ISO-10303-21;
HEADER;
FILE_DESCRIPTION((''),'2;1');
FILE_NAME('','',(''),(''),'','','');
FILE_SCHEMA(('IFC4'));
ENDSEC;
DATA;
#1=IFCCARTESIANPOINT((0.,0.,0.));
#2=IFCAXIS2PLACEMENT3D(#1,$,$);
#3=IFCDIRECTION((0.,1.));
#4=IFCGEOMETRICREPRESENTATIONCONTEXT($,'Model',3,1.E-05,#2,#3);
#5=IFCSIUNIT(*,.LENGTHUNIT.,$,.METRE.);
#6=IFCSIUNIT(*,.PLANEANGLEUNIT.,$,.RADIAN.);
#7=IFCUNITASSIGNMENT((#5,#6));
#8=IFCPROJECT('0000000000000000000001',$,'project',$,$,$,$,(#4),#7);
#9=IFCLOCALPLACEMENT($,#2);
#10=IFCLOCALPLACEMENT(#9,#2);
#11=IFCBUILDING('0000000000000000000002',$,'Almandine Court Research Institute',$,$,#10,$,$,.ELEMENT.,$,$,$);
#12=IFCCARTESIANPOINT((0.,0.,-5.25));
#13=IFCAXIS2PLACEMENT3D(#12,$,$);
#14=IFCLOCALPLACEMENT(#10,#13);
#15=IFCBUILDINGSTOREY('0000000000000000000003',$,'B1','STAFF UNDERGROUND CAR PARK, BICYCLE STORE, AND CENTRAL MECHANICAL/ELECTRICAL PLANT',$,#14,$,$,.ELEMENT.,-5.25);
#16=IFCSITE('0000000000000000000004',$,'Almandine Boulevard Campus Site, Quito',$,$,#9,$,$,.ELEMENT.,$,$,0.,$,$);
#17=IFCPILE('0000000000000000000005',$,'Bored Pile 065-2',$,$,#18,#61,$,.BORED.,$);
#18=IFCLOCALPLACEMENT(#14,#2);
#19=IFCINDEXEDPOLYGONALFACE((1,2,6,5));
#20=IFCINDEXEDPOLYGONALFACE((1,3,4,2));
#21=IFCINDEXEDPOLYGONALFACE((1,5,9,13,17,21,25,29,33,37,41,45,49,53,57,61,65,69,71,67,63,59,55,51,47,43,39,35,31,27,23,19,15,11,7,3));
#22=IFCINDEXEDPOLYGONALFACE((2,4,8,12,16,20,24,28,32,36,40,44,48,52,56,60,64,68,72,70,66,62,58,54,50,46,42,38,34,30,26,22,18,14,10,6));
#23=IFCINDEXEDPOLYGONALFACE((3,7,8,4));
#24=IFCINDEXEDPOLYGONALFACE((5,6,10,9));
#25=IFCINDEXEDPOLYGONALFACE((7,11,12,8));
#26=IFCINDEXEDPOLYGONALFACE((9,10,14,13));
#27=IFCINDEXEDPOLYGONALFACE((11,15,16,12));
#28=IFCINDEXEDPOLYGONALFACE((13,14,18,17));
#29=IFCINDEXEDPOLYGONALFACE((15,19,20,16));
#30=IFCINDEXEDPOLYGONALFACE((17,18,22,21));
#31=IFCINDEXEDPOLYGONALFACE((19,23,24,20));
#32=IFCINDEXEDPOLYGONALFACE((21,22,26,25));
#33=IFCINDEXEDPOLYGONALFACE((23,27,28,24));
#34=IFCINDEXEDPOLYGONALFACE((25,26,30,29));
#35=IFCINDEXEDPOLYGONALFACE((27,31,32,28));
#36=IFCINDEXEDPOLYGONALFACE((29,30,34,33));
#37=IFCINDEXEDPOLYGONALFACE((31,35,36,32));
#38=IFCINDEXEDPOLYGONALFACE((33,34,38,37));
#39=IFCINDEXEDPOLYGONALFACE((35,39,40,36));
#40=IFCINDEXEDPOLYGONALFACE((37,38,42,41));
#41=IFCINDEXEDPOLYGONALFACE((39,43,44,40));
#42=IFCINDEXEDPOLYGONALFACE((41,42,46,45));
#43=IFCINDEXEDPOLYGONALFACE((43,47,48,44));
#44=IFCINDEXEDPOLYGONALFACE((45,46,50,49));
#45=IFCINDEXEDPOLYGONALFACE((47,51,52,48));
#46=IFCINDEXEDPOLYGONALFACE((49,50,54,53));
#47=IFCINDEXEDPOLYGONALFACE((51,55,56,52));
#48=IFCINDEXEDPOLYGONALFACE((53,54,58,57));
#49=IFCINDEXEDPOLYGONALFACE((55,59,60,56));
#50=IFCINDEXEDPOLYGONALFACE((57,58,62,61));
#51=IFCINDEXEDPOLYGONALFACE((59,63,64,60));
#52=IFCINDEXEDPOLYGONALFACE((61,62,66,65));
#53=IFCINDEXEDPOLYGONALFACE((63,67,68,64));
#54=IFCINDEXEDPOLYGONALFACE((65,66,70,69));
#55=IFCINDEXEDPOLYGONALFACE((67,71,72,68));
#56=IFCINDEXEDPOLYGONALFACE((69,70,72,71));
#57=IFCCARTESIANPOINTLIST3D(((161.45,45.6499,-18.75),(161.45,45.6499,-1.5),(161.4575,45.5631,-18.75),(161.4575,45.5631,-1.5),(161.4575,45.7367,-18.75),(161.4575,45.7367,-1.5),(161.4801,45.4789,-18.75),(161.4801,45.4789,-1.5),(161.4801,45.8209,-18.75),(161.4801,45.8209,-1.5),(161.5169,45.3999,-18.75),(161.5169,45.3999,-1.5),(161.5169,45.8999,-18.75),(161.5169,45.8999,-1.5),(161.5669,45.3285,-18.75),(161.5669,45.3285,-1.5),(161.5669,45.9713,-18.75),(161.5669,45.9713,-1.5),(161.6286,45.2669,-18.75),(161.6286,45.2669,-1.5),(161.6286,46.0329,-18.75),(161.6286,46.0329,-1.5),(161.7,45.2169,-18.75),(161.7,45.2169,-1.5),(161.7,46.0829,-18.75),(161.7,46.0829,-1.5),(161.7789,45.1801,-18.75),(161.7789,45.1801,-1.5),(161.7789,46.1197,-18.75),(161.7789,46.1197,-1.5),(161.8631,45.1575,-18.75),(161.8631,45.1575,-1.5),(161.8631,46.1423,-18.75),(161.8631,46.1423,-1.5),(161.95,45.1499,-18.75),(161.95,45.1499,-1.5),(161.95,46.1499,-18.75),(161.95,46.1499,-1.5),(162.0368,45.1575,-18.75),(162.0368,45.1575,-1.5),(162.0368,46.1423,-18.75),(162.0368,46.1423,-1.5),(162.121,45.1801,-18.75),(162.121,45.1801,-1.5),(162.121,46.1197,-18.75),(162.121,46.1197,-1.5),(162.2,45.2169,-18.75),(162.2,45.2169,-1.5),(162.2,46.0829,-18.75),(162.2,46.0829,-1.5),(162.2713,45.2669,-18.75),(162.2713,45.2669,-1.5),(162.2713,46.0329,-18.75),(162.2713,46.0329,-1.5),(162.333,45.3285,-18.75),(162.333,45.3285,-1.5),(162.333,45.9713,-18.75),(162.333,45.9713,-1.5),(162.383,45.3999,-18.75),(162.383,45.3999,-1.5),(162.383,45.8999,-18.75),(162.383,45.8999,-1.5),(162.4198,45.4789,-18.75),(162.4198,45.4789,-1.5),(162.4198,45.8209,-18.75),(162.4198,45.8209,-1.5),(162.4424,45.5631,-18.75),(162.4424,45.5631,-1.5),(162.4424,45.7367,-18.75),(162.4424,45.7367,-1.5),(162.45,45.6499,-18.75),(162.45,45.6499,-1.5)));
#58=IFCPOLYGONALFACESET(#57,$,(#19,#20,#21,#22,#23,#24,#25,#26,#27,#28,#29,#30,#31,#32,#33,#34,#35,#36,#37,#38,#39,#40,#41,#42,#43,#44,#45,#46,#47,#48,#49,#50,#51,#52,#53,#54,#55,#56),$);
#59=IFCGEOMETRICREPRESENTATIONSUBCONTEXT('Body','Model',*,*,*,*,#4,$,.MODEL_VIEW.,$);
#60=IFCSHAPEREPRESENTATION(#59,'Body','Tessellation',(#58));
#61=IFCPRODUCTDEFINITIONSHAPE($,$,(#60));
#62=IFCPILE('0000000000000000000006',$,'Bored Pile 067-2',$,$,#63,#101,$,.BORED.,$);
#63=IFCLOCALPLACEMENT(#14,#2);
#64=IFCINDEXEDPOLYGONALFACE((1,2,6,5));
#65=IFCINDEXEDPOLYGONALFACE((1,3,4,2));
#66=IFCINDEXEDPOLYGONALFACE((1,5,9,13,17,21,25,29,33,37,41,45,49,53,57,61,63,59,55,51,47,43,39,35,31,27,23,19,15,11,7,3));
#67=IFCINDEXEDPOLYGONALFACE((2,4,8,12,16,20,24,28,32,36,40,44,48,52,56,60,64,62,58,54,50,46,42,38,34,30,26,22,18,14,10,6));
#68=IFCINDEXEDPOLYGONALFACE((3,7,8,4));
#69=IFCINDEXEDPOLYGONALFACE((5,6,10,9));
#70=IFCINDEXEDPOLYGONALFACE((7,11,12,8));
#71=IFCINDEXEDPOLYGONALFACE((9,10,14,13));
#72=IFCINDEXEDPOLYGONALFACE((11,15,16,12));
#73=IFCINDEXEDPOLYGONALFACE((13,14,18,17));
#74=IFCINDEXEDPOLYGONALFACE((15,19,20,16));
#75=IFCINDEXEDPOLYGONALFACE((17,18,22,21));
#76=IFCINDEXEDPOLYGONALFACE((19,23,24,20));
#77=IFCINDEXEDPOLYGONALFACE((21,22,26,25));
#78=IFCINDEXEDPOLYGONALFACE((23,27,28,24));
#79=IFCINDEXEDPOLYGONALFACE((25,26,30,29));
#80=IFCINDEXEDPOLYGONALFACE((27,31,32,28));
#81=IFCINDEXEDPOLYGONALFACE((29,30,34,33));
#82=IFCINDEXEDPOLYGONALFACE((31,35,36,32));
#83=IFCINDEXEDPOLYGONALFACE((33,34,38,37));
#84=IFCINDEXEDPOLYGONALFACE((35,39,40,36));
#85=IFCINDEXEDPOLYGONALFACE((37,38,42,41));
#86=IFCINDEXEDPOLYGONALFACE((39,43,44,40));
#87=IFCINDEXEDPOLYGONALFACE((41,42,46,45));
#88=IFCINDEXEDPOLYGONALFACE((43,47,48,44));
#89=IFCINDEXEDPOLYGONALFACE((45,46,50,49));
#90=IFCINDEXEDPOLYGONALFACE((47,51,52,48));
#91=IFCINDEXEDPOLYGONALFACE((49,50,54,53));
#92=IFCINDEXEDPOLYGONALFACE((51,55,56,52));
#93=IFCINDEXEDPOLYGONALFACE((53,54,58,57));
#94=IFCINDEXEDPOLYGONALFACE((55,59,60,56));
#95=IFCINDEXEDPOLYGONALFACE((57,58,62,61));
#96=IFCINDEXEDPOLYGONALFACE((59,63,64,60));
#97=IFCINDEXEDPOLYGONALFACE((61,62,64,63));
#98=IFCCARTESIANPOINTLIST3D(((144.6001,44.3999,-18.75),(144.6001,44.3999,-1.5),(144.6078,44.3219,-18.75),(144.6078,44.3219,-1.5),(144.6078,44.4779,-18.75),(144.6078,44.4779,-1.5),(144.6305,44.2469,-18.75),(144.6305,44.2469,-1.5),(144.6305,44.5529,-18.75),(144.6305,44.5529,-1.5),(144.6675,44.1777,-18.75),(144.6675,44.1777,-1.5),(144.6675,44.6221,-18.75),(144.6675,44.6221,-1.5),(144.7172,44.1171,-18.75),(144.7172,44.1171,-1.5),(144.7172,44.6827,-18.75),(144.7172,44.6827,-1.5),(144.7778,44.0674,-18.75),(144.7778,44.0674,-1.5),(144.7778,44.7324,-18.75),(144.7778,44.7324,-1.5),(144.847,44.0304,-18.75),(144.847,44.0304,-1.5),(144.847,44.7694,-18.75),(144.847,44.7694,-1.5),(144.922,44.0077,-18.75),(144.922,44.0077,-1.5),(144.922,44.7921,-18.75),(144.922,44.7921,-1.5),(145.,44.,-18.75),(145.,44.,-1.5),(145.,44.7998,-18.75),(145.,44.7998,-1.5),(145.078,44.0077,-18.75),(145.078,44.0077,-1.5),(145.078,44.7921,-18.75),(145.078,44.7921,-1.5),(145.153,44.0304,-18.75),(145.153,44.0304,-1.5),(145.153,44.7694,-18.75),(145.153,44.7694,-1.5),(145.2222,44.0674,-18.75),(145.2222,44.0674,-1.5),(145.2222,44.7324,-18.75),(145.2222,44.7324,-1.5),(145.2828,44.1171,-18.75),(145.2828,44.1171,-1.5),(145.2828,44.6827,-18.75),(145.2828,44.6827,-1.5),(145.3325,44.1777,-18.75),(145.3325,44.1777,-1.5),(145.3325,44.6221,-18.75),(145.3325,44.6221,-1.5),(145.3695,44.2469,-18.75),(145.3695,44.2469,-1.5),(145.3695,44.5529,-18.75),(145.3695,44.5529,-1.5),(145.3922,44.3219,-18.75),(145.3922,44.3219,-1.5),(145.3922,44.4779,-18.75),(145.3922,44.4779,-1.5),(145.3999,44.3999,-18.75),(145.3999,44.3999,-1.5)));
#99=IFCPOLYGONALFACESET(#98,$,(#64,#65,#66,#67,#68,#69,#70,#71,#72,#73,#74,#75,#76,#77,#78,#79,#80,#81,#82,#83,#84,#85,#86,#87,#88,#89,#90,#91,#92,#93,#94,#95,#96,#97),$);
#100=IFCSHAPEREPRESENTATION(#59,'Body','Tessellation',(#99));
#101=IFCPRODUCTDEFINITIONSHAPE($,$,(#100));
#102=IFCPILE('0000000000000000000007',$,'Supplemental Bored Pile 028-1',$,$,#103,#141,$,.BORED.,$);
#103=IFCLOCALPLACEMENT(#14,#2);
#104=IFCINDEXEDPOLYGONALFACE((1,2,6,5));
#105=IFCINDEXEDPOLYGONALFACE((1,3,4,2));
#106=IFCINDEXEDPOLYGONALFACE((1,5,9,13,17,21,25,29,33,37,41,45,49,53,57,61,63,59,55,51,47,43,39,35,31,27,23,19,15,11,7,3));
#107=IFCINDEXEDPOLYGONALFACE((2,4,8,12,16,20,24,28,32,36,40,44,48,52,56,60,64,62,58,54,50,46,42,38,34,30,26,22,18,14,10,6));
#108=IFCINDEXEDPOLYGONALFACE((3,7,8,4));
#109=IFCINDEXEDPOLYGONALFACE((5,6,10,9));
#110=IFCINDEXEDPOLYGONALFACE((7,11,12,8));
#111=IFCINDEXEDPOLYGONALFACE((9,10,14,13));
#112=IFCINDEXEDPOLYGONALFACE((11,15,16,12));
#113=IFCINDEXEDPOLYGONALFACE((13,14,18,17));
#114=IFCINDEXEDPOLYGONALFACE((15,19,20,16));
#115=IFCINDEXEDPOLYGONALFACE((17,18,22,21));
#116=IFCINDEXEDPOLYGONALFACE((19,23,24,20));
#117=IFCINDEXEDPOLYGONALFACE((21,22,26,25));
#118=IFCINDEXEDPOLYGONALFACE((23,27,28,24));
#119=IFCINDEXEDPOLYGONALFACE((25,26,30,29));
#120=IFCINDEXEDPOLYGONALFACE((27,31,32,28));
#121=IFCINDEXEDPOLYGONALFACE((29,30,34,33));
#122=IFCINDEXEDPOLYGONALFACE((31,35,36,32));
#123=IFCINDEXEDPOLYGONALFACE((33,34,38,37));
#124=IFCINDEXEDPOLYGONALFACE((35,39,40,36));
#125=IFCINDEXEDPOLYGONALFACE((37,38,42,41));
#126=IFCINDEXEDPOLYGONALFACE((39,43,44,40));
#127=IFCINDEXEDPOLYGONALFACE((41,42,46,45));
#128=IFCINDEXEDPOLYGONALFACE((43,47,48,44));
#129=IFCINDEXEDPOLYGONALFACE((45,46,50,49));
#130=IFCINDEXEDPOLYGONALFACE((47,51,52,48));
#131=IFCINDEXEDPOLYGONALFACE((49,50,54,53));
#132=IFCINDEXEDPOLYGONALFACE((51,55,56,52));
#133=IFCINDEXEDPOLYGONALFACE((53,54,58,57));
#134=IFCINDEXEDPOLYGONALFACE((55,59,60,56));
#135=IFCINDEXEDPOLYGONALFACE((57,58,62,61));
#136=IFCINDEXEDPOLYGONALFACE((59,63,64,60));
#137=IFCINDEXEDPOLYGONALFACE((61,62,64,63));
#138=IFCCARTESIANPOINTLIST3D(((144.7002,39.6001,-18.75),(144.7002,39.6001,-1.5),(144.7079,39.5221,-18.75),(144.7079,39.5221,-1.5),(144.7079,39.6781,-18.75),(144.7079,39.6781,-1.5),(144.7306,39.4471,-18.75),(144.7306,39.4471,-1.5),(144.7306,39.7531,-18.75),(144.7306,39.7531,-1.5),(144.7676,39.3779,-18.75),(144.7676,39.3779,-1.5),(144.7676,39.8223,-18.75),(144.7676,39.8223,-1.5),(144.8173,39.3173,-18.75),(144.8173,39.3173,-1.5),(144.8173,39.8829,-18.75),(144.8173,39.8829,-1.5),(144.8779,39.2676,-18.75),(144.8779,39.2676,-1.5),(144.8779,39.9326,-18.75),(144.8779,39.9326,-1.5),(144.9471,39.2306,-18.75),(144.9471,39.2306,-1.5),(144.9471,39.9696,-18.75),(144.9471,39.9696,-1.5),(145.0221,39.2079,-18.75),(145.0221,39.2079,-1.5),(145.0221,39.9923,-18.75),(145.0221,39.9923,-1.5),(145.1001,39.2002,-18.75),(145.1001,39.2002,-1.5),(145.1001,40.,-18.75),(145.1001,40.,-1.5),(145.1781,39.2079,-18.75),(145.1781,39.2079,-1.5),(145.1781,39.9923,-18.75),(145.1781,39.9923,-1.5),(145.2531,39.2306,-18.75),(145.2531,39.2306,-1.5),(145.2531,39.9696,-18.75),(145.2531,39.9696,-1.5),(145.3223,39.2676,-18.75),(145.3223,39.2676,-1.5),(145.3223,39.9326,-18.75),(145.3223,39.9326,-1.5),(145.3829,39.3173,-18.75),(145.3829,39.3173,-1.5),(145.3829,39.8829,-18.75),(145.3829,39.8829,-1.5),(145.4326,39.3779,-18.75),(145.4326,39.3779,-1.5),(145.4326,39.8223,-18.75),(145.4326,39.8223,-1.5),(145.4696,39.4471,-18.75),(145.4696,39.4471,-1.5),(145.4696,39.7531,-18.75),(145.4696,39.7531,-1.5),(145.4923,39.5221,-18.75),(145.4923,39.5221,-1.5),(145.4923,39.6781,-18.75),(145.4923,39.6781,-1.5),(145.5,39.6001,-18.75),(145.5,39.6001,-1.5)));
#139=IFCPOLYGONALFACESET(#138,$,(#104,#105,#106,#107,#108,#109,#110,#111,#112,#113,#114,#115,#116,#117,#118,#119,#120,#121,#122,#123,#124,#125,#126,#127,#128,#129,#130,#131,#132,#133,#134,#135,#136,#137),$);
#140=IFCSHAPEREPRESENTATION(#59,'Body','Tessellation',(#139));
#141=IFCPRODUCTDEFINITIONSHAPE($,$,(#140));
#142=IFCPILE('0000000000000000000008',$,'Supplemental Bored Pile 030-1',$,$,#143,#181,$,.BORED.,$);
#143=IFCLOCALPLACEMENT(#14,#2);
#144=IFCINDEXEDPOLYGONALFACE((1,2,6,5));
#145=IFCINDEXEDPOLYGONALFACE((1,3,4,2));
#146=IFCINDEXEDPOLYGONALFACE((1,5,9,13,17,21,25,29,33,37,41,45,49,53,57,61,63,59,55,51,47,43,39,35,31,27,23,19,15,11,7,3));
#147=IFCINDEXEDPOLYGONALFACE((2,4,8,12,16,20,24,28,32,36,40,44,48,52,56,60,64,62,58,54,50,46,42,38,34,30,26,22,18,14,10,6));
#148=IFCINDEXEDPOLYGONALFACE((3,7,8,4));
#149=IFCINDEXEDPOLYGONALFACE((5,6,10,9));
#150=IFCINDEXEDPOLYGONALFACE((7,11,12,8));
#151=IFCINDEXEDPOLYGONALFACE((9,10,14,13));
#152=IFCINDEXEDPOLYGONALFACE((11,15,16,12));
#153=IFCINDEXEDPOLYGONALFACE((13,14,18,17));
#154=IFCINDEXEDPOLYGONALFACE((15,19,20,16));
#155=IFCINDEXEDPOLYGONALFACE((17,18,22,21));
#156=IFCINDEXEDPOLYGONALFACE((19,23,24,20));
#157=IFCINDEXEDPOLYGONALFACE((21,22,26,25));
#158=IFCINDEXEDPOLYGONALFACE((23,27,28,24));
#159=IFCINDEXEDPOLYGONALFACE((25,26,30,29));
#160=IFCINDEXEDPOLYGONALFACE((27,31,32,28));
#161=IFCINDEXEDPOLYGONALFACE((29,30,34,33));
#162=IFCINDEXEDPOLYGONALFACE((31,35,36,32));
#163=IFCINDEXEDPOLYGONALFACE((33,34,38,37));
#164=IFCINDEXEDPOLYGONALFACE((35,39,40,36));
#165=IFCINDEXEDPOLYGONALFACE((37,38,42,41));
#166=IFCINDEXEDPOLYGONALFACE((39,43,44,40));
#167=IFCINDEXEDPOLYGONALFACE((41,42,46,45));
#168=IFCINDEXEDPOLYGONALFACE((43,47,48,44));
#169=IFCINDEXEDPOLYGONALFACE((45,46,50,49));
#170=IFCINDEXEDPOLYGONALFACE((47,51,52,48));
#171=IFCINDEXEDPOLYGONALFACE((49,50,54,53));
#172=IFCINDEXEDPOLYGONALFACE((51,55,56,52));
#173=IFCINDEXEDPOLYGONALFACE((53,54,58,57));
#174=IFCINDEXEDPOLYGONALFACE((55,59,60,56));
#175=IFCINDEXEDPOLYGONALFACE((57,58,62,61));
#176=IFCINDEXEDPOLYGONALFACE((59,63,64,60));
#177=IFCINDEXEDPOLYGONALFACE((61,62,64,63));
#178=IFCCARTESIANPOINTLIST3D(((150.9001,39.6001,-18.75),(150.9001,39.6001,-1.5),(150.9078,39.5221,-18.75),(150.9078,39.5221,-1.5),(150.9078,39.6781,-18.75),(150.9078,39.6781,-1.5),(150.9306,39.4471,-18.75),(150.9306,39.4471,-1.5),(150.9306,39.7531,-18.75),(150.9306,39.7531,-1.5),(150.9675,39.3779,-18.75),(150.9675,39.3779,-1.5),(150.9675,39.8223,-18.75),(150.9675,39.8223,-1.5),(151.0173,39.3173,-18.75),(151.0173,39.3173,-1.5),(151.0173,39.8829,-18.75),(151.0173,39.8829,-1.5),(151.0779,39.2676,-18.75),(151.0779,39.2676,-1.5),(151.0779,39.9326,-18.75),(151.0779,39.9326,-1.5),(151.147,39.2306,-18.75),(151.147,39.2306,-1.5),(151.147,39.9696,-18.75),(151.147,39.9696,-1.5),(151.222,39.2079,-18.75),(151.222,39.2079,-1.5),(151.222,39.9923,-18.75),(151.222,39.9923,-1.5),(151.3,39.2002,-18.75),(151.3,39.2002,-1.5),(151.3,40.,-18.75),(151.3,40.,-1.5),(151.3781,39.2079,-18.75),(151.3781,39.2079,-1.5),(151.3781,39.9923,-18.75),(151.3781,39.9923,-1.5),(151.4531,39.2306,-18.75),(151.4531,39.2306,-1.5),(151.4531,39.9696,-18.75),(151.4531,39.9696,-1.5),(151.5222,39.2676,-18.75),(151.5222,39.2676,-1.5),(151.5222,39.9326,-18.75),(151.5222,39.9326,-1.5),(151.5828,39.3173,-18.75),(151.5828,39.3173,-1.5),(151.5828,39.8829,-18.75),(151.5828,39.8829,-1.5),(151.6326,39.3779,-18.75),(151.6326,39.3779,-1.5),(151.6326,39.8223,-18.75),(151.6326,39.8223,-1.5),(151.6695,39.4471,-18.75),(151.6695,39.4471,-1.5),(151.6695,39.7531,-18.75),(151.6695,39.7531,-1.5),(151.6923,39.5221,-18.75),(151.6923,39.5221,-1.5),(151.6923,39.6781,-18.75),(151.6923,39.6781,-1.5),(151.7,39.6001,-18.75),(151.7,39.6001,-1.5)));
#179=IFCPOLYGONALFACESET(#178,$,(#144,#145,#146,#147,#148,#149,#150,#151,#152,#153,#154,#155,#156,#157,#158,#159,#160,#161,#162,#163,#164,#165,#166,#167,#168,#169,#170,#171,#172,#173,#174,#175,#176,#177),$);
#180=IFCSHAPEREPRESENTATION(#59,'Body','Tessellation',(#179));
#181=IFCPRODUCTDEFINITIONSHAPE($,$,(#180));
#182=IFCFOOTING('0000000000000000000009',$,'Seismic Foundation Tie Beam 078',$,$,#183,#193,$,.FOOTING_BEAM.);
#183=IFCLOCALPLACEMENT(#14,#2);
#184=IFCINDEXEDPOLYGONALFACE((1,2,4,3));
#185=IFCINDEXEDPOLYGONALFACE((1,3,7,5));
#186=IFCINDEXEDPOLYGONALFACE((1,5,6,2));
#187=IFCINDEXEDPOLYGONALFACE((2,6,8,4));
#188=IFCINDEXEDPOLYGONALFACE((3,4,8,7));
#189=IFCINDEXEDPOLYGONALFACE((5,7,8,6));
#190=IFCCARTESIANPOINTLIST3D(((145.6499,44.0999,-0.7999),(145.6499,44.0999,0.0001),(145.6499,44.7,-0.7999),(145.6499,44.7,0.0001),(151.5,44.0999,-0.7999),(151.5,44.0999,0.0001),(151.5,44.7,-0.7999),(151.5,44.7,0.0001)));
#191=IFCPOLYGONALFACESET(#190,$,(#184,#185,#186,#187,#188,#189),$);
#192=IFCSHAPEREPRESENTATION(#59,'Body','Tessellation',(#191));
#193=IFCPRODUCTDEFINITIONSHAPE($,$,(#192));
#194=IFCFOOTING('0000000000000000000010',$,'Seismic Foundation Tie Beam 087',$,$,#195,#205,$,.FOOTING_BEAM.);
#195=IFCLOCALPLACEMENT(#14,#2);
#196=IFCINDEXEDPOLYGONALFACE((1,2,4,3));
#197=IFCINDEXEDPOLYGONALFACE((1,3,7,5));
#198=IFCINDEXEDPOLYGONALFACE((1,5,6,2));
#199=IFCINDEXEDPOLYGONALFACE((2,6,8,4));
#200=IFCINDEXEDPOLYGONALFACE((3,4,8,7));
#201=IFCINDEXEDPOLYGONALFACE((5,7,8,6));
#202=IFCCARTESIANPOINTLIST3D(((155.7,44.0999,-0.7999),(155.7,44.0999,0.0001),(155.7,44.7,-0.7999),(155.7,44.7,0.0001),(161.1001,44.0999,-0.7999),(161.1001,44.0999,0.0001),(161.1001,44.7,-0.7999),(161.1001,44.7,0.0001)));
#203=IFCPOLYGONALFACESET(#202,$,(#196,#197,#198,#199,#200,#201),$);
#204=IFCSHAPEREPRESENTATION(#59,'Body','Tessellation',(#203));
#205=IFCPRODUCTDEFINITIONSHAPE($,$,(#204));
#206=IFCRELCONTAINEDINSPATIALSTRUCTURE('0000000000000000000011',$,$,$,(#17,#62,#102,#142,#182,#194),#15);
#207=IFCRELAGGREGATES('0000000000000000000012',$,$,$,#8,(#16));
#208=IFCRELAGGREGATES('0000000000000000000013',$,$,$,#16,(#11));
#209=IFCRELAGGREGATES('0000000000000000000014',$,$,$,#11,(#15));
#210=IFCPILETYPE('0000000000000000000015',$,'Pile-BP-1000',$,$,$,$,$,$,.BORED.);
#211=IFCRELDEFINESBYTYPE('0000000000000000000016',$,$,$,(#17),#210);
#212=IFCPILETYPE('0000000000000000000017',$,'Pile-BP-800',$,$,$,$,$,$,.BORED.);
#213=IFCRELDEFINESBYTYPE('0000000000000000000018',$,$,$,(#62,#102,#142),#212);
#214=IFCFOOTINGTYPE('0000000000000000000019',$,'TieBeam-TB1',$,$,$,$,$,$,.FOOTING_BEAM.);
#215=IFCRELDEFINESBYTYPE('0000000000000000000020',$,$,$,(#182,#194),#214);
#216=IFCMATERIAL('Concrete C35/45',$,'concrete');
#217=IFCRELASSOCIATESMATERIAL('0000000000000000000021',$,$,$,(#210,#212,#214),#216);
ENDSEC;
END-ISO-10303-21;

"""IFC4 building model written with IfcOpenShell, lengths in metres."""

from ifc_helpers import new_model, si_unit, direction, frame, origin, origin_2d, place, context, subcontext, project, spatial, rectangle, circle, extrude, material, material_profile, profile_set, type_object, element, save


model = new_model("IFC4")

# Units and contexts
model_context = context("Model", 3, precision=1e-05, world=origin(), true_north=direction((0.0, 1.0)))
body_context = subcontext(model_context, "Body", "Model", "MODEL_VIEW")
ifc_project = project(units=[si_unit("LENGTHUNIT", "METRE"), si_unit("PLANEANGLEUNIT", "RADIAN")], contexts=[model_context])

# Site, building, storey
site_placement = place(None, origin())
site = spatial("IfcSite", under=ifc_project, at=site_placement, Name="Almandine Boulevard Campus Site, Quito", CompositionType="ELEMENT", RefElevation=0.0)
building_placement = place(site_placement, origin())
building = spatial("IfcBuilding", under=site, at=building_placement, Name="Almandine Court Research Institute", CompositionType="ELEMENT")
storey_placement = place(building_placement, frame((0.0, 0.0, -5.25)))
storey = spatial("IfcBuildingStorey", under=building, at=storey_placement, Name="B1", Description="STAFF UNDERGROUND CAR PARK, BICYCLE STORE, AND CENTRAL MECHANICAL/ELECTRICAL PLANT", CompositionType="ELEMENT", Elevation=-5.25)

# Shared definitions
ifc_material_1 = material(Name="Concrete C35/45", Category="concrete")

# Piles
ifc_material_profile_1 = material_profile(ifc_material_1, circle(Radius=0.5, at=origin_2d()), Name="BORED PILE D1000")
ifc_profile_set_1 = profile_set([ifc_material_profile_1], Name="Concrete C35/45")
pile_type_1 = type_object("IfcPileType", Name="Pile-BP-1000", PredefinedType="BORED", material=ifc_profile_set_1)
for number, where, z_axis, x_axis, name in (
    (1, (161.95, 45.6499, -1.5), (0.0, 0.0, -1.0), (1.0, 0.0, 0.0), "Bored Pile 065-2"),
):
    element("IfcPile", number, at=place(storey_placement, frame(where, z_axis=z_axis, x_axis=x_axis)), inside=storey, type_object=pile_type_1, Name=name, PredefinedType="BORED", context=body_context, shape_type="SweptSolid", body=[
        extrude(circle(Radius=0.5, at=origin_2d()), origin(), (0.0, 0.0, 1.0), 17.25),
    ])
ifc_material_profile_2 = material_profile(ifc_material_1, circle(Radius=0.3999, at=origin_2d()), Name="BORED PILE D800")
ifc_profile_set_2 = profile_set([ifc_material_profile_2], Name="Concrete C35/45")
pile_type_2 = type_object("IfcPileType", Name="Pile-BP-800", PredefinedType="BORED", material=ifc_profile_set_2)
for number, where, z_axis, x_axis, name in (
    (2, (145.0, 44.3999, -1.5), (0.0, 0.0, -1.0), (1.0, 0.0, 0.0), "Bored Pile 067-2"),
    (3, (145.1001, 39.6001, -1.5), (0.0, 0.0, -1.0), (1.0, 0.0, 0.0), "Supplemental Bored Pile 028-1"),
    (4, (151.3, 39.6001, -1.5), (0.0, 0.0, -1.0), (1.0, 0.0, 0.0), "Supplemental Bored Pile 030-1"),
):
    element("IfcPile", number, at=place(storey_placement, frame(where, z_axis=z_axis, x_axis=x_axis)), inside=storey, type_object=pile_type_2, Name=name, PredefinedType="BORED", context=body_context, shape_type="SweptSolid", body=[
        extrude(circle(Radius=0.3999, at=origin_2d()), origin(), (0.0, 0.0, 1.0), 17.25),
    ])

# Footings
ifc_material_profile_3 = material_profile(ifc_material_1, rectangle(XDim=0.6001, YDim=0.8, at=origin_2d()), Name="RC TIE 600x800")
ifc_profile_set_3 = profile_set([ifc_material_profile_3], Name="Concrete C35/45")
footing_type_1 = type_object("IfcFootingType", Name="TieBeam-TB1", PredefinedType="FOOTING_BEAM", material=ifc_profile_set_3)
footing_1_placement = place(storey_placement, frame((145.6499, 44.3999, -0.3999), z_axis=(1.0, 0.0, 0.0), x_axis=(0.0, 1.0, 0.0)))
element("IfcFooting", 5, at=footing_1_placement, inside=storey, type_object=footing_type_1, Name="Seismic Foundation Tie Beam 078", PredefinedType="FOOTING_BEAM", context=body_context, shape_type="SweptSolid", body=[
    extrude(rectangle(XDim=0.6001, YDim=0.8, at=origin_2d()), origin(), (0.0, 0.0, 1.0), 5.8501),
])
for number, where, z_axis, x_axis, name in (
    (6, (155.7, 44.3999, -0.3999), (1.0, 0.0, 0.0), (0.0, 1.0, 0.0), "Seismic Foundation Tie Beam 087"),
):
    element("IfcFooting", number, at=place(storey_placement, frame(where, z_axis=z_axis, x_axis=x_axis)), inside=storey, type_object=footing_type_1, Name=name, PredefinedType="FOOTING_BEAM", context=body_context, shape_type="SweptSolid", body=[
        extrude(rectangle(XDim=0.6001, YDim=0.8, at=origin_2d()), origin(), (0.0, 0.0, 1.0), 5.4001),
    ])

save(model, "model.ifc")
